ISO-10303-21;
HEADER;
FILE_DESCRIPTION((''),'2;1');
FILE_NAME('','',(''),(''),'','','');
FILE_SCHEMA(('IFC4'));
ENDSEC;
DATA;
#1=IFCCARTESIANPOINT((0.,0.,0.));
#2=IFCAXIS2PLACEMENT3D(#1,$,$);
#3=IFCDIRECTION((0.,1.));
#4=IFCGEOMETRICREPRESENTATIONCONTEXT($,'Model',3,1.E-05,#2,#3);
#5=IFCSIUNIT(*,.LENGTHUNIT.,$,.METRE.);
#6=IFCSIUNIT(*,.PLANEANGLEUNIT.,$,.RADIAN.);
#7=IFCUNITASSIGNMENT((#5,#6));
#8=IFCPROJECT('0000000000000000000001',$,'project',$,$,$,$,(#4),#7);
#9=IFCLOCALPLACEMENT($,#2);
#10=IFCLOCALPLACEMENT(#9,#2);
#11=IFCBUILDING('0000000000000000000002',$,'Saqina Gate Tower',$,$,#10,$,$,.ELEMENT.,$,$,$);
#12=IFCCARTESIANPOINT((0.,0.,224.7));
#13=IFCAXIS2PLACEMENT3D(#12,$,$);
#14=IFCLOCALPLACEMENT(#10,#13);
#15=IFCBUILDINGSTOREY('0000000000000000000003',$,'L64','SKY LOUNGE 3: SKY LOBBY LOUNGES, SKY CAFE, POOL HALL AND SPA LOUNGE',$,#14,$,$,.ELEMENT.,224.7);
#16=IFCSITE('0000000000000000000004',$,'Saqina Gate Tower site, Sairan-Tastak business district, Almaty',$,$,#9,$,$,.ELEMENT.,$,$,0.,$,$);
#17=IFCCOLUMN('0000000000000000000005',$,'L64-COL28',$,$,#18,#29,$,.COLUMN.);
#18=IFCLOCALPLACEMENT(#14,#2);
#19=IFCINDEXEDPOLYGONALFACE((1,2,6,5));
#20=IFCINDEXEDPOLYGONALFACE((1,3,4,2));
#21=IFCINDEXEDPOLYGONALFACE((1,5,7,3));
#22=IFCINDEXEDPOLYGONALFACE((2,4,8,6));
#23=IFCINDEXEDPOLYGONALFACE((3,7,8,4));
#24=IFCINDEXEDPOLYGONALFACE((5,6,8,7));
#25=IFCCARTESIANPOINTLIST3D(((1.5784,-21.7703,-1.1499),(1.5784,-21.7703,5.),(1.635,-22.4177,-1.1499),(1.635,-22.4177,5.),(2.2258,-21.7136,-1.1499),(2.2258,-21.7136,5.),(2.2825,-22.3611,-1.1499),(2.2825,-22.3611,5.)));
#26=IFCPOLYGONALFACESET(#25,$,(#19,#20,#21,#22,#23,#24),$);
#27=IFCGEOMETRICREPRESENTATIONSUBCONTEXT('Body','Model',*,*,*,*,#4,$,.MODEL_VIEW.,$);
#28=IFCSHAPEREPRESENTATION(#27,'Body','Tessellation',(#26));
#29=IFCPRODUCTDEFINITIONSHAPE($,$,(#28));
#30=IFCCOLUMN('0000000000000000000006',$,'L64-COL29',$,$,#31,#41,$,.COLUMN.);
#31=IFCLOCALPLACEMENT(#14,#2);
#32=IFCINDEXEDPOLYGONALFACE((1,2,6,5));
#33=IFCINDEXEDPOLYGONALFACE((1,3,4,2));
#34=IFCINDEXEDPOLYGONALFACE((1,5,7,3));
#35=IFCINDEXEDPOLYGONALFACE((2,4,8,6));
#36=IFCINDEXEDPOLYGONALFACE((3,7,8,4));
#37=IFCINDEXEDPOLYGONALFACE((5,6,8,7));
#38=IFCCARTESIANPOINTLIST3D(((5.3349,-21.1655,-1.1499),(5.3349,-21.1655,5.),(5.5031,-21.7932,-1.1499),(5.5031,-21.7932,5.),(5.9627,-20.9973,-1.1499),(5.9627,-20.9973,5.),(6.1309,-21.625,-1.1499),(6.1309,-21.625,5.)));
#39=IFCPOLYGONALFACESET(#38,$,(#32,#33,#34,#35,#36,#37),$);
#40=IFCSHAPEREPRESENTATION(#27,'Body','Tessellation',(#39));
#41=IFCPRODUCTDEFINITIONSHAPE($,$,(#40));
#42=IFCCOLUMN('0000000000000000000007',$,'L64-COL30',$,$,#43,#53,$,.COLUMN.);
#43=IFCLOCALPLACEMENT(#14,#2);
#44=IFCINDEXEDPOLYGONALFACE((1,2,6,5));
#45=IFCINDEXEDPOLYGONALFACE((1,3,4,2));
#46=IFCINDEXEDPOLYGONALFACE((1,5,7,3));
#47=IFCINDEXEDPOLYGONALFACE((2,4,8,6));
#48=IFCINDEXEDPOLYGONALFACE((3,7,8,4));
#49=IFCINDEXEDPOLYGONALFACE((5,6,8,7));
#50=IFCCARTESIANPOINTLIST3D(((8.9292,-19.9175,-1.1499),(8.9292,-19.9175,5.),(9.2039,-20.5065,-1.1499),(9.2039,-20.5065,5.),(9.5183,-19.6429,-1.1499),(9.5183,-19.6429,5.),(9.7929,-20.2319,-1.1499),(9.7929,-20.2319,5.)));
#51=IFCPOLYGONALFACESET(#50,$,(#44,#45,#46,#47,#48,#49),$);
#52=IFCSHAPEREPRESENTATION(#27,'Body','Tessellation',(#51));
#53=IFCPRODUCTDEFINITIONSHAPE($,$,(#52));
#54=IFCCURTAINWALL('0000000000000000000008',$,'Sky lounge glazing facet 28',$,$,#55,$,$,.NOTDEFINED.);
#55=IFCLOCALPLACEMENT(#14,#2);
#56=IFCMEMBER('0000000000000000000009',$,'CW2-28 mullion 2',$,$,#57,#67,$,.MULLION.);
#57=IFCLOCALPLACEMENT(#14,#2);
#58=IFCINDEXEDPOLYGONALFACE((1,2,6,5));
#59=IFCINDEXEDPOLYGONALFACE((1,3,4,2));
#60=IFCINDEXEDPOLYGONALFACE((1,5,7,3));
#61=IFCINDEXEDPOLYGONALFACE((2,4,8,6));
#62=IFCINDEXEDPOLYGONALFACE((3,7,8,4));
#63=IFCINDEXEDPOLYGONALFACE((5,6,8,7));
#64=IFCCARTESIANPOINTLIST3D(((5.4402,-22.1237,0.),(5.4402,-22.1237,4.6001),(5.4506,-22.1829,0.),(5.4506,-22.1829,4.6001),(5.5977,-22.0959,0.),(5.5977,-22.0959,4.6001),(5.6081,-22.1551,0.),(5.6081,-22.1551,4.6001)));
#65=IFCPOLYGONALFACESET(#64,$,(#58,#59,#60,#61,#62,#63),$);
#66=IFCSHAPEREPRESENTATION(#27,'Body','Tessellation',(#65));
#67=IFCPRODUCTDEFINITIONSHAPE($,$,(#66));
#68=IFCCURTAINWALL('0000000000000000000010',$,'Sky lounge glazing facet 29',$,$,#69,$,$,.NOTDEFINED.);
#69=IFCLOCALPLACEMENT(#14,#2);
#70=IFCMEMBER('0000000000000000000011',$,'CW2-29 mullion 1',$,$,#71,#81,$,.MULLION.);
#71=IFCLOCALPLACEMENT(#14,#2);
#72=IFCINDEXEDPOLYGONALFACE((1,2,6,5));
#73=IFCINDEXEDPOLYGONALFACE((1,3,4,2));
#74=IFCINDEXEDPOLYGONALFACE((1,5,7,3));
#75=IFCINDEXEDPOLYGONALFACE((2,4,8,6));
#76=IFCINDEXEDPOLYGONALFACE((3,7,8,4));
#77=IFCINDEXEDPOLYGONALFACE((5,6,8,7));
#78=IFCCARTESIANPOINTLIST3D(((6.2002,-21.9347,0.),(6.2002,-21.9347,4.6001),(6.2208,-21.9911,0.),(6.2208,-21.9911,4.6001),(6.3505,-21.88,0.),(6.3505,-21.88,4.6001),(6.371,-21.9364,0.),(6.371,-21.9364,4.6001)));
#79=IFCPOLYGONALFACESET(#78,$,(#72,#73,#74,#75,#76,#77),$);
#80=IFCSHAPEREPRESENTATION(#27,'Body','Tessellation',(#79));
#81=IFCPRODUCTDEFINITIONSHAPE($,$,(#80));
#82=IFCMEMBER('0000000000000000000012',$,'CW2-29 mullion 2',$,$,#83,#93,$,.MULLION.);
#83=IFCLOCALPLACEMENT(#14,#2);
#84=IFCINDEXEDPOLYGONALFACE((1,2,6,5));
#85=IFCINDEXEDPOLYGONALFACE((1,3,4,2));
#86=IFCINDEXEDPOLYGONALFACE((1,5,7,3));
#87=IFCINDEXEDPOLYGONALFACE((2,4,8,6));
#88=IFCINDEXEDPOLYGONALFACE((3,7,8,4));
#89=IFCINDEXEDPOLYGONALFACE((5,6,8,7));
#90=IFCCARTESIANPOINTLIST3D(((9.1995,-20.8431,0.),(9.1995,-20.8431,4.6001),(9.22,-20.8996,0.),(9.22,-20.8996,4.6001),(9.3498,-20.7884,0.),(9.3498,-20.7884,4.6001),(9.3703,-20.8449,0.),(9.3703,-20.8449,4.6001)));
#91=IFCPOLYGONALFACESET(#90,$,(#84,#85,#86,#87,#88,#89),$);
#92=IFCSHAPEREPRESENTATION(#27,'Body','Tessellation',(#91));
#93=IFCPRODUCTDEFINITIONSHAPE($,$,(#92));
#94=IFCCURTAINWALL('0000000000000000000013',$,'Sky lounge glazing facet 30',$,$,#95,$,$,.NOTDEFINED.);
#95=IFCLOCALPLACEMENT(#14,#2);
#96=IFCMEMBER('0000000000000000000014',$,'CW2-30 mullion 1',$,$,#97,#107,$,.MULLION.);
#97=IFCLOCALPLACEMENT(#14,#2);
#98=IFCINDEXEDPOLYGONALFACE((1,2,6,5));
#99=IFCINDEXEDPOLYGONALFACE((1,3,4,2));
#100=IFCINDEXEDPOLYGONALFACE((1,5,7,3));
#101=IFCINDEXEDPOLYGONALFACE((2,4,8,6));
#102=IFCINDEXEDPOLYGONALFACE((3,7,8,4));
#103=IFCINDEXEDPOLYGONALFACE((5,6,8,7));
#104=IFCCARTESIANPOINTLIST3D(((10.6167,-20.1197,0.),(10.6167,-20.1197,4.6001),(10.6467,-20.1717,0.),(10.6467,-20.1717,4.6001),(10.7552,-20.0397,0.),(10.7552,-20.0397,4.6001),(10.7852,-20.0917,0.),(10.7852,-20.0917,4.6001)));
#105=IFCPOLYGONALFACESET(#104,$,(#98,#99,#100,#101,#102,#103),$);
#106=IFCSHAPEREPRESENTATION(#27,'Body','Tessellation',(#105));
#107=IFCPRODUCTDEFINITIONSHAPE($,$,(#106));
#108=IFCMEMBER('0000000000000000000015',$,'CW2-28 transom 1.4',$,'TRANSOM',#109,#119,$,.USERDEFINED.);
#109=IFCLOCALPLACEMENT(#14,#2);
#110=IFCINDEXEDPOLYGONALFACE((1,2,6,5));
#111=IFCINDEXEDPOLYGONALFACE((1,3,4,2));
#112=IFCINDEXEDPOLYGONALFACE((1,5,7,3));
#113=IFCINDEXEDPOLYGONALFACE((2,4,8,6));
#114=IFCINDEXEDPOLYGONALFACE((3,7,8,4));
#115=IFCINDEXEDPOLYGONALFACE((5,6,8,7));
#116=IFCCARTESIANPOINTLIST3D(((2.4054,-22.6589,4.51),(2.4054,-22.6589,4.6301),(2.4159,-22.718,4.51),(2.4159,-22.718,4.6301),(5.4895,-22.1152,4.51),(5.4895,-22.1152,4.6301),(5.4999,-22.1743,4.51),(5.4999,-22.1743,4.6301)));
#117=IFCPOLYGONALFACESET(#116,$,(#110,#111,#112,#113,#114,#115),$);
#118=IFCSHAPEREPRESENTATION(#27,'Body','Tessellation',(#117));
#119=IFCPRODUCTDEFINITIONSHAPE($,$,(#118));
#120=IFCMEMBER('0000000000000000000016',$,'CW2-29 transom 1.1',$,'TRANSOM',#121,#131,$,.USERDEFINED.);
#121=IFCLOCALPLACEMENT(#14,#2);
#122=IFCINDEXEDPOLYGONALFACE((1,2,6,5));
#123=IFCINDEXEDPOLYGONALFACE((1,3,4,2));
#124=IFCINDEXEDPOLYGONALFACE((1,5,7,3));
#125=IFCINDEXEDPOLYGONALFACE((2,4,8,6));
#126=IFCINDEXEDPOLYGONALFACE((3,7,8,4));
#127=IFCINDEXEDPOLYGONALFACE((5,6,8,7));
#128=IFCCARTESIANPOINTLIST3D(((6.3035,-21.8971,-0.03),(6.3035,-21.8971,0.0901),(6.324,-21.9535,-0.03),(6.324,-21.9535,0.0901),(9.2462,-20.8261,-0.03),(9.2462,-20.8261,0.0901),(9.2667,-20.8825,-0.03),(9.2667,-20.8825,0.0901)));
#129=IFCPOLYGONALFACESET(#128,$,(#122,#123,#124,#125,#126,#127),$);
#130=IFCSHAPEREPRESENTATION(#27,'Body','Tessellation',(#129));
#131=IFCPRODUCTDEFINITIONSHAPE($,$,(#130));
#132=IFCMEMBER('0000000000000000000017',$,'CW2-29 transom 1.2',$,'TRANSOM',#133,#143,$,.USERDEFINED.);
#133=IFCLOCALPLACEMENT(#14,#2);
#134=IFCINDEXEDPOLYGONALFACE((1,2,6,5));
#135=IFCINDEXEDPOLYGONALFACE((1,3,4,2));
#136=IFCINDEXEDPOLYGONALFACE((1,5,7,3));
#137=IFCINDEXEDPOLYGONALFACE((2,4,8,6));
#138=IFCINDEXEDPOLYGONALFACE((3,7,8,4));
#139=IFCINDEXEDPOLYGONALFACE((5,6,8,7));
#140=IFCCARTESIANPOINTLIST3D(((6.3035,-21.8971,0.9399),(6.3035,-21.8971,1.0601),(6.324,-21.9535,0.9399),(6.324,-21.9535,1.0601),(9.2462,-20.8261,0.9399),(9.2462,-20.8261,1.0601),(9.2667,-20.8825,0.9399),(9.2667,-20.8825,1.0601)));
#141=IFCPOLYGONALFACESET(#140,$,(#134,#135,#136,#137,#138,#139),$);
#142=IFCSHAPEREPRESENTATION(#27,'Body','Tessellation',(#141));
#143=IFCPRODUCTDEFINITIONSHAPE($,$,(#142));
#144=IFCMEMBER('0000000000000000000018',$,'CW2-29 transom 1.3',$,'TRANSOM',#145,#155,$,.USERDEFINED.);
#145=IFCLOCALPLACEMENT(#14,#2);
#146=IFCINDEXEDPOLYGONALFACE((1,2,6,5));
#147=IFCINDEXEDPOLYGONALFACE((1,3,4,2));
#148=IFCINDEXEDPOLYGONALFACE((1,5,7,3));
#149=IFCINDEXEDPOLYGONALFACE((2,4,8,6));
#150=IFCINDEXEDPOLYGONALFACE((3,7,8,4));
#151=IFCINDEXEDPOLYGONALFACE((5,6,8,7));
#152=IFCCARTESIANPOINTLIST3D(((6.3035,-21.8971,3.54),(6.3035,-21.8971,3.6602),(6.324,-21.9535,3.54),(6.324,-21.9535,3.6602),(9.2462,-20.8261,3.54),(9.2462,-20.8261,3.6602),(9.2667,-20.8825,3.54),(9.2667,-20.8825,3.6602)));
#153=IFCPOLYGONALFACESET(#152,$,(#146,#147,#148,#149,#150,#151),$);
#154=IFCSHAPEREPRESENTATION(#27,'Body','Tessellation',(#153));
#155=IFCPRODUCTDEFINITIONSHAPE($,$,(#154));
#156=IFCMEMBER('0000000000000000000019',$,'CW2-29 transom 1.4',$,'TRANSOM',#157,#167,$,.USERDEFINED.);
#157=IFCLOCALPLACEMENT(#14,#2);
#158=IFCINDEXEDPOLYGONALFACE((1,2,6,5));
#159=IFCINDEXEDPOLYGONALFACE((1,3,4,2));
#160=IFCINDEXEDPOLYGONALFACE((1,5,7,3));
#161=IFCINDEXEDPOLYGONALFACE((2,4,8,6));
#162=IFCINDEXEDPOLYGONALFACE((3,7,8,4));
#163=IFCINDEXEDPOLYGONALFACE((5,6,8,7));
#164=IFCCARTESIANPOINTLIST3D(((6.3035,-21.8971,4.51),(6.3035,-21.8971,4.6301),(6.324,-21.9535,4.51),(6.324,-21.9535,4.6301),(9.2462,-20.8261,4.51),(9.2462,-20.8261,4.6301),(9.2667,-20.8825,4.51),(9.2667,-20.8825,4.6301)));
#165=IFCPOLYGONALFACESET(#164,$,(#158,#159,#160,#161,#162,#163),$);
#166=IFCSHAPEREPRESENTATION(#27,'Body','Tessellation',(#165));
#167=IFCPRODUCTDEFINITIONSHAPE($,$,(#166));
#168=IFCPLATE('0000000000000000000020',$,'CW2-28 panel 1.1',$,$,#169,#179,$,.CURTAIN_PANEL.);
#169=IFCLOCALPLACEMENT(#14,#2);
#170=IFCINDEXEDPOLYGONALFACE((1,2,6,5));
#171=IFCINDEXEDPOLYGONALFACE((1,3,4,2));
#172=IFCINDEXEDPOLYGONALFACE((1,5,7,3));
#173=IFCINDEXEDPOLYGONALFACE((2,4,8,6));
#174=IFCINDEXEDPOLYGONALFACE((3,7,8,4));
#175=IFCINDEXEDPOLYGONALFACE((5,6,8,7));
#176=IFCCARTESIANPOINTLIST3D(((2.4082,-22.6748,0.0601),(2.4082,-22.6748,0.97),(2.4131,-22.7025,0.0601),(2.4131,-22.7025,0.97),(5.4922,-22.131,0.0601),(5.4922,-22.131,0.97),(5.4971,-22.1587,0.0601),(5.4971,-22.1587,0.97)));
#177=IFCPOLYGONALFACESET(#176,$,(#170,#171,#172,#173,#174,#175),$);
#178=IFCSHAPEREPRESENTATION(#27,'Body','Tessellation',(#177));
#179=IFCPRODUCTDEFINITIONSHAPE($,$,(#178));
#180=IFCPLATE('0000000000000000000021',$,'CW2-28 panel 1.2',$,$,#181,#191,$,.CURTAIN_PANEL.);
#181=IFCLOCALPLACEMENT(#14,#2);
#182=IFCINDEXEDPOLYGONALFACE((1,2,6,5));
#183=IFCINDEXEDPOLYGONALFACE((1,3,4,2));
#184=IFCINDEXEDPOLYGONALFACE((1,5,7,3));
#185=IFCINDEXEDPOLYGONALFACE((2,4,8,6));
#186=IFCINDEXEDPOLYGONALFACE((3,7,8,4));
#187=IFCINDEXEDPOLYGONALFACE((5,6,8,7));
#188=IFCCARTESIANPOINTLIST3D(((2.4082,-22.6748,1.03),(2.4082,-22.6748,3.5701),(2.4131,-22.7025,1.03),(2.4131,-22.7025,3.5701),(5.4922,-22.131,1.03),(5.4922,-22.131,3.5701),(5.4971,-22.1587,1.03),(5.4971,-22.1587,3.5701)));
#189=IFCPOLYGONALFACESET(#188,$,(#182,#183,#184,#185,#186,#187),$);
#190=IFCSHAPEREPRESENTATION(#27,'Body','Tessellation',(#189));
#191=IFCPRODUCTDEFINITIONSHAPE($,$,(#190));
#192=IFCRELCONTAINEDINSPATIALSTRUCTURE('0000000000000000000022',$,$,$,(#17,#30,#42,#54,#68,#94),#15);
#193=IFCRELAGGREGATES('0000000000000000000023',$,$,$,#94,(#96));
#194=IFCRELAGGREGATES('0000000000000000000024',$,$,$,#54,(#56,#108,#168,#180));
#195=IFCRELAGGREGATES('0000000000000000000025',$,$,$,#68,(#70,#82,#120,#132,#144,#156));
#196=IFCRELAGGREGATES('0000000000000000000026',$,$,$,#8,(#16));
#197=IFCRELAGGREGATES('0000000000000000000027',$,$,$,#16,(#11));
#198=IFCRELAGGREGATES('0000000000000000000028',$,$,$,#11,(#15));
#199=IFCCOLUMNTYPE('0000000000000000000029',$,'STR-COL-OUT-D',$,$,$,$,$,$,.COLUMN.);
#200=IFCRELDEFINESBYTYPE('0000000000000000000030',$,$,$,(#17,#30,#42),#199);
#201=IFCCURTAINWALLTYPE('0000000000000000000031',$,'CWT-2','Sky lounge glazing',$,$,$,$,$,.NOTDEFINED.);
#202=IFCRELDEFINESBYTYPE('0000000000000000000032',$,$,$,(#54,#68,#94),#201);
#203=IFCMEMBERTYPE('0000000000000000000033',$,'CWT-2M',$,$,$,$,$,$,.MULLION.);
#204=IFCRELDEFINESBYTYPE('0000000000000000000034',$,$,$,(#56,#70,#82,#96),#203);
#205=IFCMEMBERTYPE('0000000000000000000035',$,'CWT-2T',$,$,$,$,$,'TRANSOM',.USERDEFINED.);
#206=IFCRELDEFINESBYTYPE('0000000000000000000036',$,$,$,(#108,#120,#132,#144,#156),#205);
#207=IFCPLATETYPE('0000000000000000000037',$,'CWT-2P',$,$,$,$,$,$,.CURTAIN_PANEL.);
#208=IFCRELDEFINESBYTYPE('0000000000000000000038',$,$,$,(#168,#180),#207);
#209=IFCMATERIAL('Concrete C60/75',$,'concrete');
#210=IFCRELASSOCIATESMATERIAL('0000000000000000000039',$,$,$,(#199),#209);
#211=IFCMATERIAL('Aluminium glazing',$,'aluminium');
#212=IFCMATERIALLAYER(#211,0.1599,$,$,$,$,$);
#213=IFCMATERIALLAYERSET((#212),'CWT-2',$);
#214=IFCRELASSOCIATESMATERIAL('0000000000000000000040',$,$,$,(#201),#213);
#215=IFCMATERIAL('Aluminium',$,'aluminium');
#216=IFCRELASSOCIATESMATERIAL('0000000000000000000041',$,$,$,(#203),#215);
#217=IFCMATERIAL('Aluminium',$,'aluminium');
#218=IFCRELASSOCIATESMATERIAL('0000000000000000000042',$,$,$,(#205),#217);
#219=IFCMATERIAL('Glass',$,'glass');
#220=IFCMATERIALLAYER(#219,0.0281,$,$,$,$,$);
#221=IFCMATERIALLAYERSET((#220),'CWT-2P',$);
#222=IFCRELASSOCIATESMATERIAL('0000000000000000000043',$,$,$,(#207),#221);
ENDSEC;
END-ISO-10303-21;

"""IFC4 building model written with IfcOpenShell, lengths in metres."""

from ifc_helpers import new_model, si_unit, direction, frame, origin, origin_2d, place, context, subcontext, project, spatial, rectangle, extrude, material, layer, layer_set, material_profile, profile_set, type_object, element, aggregate, save


model = new_model("IFC4")

# Units and contexts
model_context = context("Model", 3, precision=1e-05, world=origin(), true_north=direction((0.0, 1.0)))
body_context = subcontext(model_context, "Body", "Model", "MODEL_VIEW")
ifc_project = project(units=[si_unit("LENGTHUNIT", "METRE"), si_unit("PLANEANGLEUNIT", "RADIAN")], contexts=[model_context])

# Site, building, storey
site_placement = place(None, origin())
site = spatial("IfcSite", under=ifc_project, at=site_placement, Name="Saqina Gate Tower site, Sairan-Tastak business district, Almaty", CompositionType="ELEMENT", RefElevation=0.0)
building_placement = place(site_placement, origin())
building = spatial("IfcBuilding", under=site, at=building_placement, Name="Saqina Gate Tower", CompositionType="ELEMENT")
storey_placement = place(building_placement, frame((0.0, 0.0, 224.7)))
storey = spatial("IfcBuildingStorey", under=building, at=storey_placement, Name="L64", Description="SKY LOUNGE 3: SKY LOBBY LOUNGES, SKY CAFE, POOL HALL AND SPA LOUNGE", CompositionType="ELEMENT", Elevation=224.7)

# Columns
ifc_material_1 = material(Name="Concrete C60/75", Category="concrete")
ifc_material_profile_1 = material_profile(ifc_material_1, rectangle(XDim=0.6499, YDim=0.6499, at=origin_2d()), Name="RC 650x650")
ifc_profile_set_1 = profile_set([ifc_material_profile_1], Name="Concrete C60/75")
column_type = type_object("IfcColumnType", Name="STR-COL-OUT-D", PredefinedType="COLUMN", material=ifc_profile_set_1)
for number, where, z_axis, x_axis, name in (
    (1, (1.9304, -22.0657, -1.1499), (0.0, 0.0, 1.0), (0.087156, -0.996195, 0.0), "L64-COL28"),
    (2, (5.7329, -21.3953, -1.1499), (0.0, 0.0, 1.0), (0.258819, -0.965926, 0.0), "L64-COL29"),
    (3, (9.3611, -20.0747, -1.1499), (0.0, 0.0, 1.0), (0.422618, -0.906308, 0.0), "L64-COL30"),
):
    element("IfcColumn", number, at=place(storey_placement, frame(where, z_axis=z_axis, x_axis=x_axis)), inside=storey, type_object=column_type, Name=name, PredefinedType="COLUMN", context=body_context, shape_type="SweptSolid", body=[
        extrude(rectangle(XDim=0.6499, YDim=0.6499, at=origin_2d()), origin(), (0.0, 0.0, 1.0), 6.1499),
    ])

# Curtain wall, member
ifc_material_2 = material(Name="Aluminium glazing", Category="aluminium")
ifc_layer_1 = layer(ifc_material_2, 0.1599)
ifc_layer_set_1 = layer_set([ifc_layer_1], Name="CWT-2")
curtain_wall_type = type_object("IfcCurtainWallType", Name="CWT-2", Description="Sky lounge glazing", PredefinedType="NOTDEFINED", material=ifc_layer_set_1)
curtain_wall_1_placement = place(storey_placement, origin())
curtain_wall_1 = element("IfcCurtainWall", 4, at=curtain_wall_1_placement, inside=storey, type_object=curtain_wall_type, Name="Sky lounge glazing facet 28", PredefinedType="NOTDEFINED")
ifc_material_3 = material(Name="Aluminium", Category="aluminium")
ifc_material_profile_2 = material_profile(ifc_material_3, rectangle(XDim=0.0601, YDim=0.1599, at=origin_2d()), Name="Aluminium 60x160")
ifc_profile_set_2 = profile_set([ifc_material_profile_2], Name="Aluminium")
member_type_1 = type_object("IfcMemberType", Name="CWT-2M", PredefinedType="MULLION", material=ifc_profile_set_2)
member_1_placement = place(storey_placement, frame((5.5242, -22.1394, 0.0), z_axis=(0.0, 0.0, 1.0), x_axis=(-0.173663, 0.984805, 0.0)))
member_1 = element("IfcMember", 5, at=member_1_placement, type_object=member_type_1, Name="CW2-28 mullion 2", PredefinedType="MULLION", context=body_context, shape_type="SweptSolid", body=[
    extrude(rectangle(XDim=0.0601, YDim=0.1599, at=origin_2d()), origin(), (0.0, 0.0, 1.0), 4.6001),
])

# Curtain wall, members
curtain_wall_2_placement = place(storey_placement, origin())
curtain_wall_2 = element("IfcCurtainWall", 6, at=curtain_wall_2_placement, inside=storey, type_object=curtain_wall_type, Name="Sky lounge glazing facet 29", PredefinedType="NOTDEFINED")
member_2_placement = place(storey_placement, frame((6.2856, -21.9355, 0.0), z_axis=(0.0, 0.0, 1.0), x_axis=(-0.342007, 0.939697, 0.0)))
member_2 = element("IfcMember", 7, at=member_2_placement, type_object=member_type_1, Name="CW2-29 mullion 1", PredefinedType="MULLION", context=body_context, shape_type="SweptSolid", body=[
    extrude(rectangle(XDim=0.0601, YDim=0.1599, at=origin_2d()), origin(), (0.0, 0.0, 1.0), 4.6001),
])
member_3_placement = place(storey_placement, frame((9.2849, -20.844, 0.0), z_axis=(0.0, 0.0, 1.0), x_axis=(-0.342007, 0.939697, 0.0)))
member_3 = element("IfcMember", 8, at=member_3_placement, type_object=member_type_1, Name="CW2-29 mullion 2", PredefinedType="MULLION", context=body_context, shape_type="SweptSolid", body=[
    extrude(rectangle(XDim=0.0601, YDim=0.1599, at=origin_2d()), origin(), (0.0, 0.0, 1.0), 4.6001),
])

# Curtain wall, member
curtain_wall_3_placement = place(storey_placement, origin())
curtain_wall_3 = element("IfcCurtainWall", 9, at=curtain_wall_3_placement, inside=storey, type_object=curtain_wall_type, Name="Sky lounge glazing facet 30", PredefinedType="NOTDEFINED")
member_4_placement = place(storey_placement, frame((10.7009, -20.1057, 0.0), z_axis=(0.0, 0.0, 1.0), x_axis=(-0.499972, 0.866042, 0.0)))
member_4 = element("IfcMember", 10, at=member_4_placement, type_object=member_type_1, Name="CW2-30 mullion 1", PredefinedType="MULLION", context=body_context, shape_type="SweptSolid", body=[
    extrude(rectangle(XDim=0.0601, YDim=0.1599, at=origin_2d()), origin(), (0.0, 0.0, 1.0), 4.6001),
])
aggregate(curtain_wall_3, [member_4])

# Members
ifc_material_4 = material(Name="Aluminium", Category="aluminium")
ifc_material_profile_3 = material_profile(ifc_material_4, rectangle(XDim=0.0601, YDim=0.1201, at=origin_2d()), Name="Aluminium 60x120")
ifc_profile_set_3 = profile_set([ifc_material_profile_3], Name="Aluminium")
member_type_2 = type_object("IfcMemberType", Name="CWT-2T", ElementType="TRANSOM", PredefinedType="USERDEFINED", material=ifc_profile_set_3)
member_5_placement = place(storey_placement, frame((2.4106, -22.6885, 4.5701), z_axis=(0.984813, 0.173621, 0.0), x_axis=(-0.173621, 0.984813, 0.0)))
member_5 = element("IfcMember", 11, at=member_5_placement, type_object=member_type_2, Name="CW2-28 transom 1.4", ObjectType="TRANSOM", PredefinedType="USERDEFINED", context=body_context, shape_type="SweptSolid", body=[
    extrude(rectangle(XDim=0.0601, YDim=0.1201, at=origin_2d()), origin(), (0.0, 0.0, 1.0), 3.1316),
])
member_6_placement = place(storey_placement, frame((6.3137, -21.9253, 0.03), z_axis=(0.9397, 0.342, 0.0), x_axis=(-0.342, 0.9397, 0.0)))
member_6 = element("IfcMember", 12, at=member_6_placement, type_object=member_type_2, Name="CW2-29 transom 1.1", ObjectType="TRANSOM", PredefinedType="USERDEFINED", context=body_context, shape_type="SweptSolid", body=[
    extrude(rectangle(XDim=0.0601, YDim=0.1201, at=origin_2d()), origin(), (0.0, 0.0, 1.0), 3.1316),
])
member_7_placement = place(storey_placement, frame((6.3137, -21.9253, 1.0), z_axis=(0.9397, 0.342, 0.0), x_axis=(-0.342, 0.9397, 0.0)))
member_7 = element("IfcMember", 13, at=member_7_placement, type_object=member_type_2, Name="CW2-29 transom 1.2", ObjectType="TRANSOM", PredefinedType="USERDEFINED", context=body_context, shape_type="SweptSolid", body=[
    extrude(rectangle(XDim=0.0601, YDim=0.1201, at=origin_2d()), origin(), (0.0, 0.0, 1.0), 3.1316),
])
member_8_placement = place(storey_placement, frame((6.3137, -21.9253, 3.6001), z_axis=(0.9397, 0.342, 0.0), x_axis=(-0.342, 0.9397, 0.0)))
member_8 = element("IfcMember", 14, at=member_8_placement, type_object=member_type_2, Name="CW2-29 transom 1.3", ObjectType="TRANSOM", PredefinedType="USERDEFINED", context=body_context, shape_type="SweptSolid", body=[
    extrude(rectangle(XDim=0.0601, YDim=0.1201, at=origin_2d()), origin(), (0.0, 0.0, 1.0), 3.1316),
])
member_9_placement = place(storey_placement, frame((6.3137, -21.9253, 4.5701), z_axis=(0.9397, 0.342, 0.0), x_axis=(-0.342, 0.9397, 0.0)))
member_9 = element("IfcMember", 15, at=member_9_placement, type_object=member_type_2, Name="CW2-29 transom 1.4", ObjectType="TRANSOM", PredefinedType="USERDEFINED", context=body_context, shape_type="SweptSolid", body=[
    extrude(rectangle(XDim=0.0601, YDim=0.1201, at=origin_2d()), origin(), (0.0, 0.0, 1.0), 3.1316),
])

# Plates
ifc_material_5 = material(Name="Glass", Category="glass")
ifc_layer_2 = layer(ifc_material_5, 0.0281)
ifc_layer_set_2 = layer_set([ifc_layer_2], Name="CWT-2P")
plate_type = type_object("IfcPlateType", Name="CWT-2P", PredefinedType="CURTAIN_PANEL", material=ifc_layer_set_2)
plate_1_placement = place(storey_placement, frame((3.9526, -22.4167, 0.0601), z_axis=(0.0, 0.0, 1.0), x_axis=(0.984805, 0.173663, 0.0)))
plate_1 = element("IfcPlate", 16, at=plate_1_placement, type_object=plate_type, Name="CW2-28 panel 1.1", PredefinedType="CURTAIN_PANEL", context=body_context, shape_type="SweptSolid", body=[
    extrude(rectangle(XDim=3.1316, YDim=0.0281, at=origin_2d()), origin(), (0.0, 0.0, 1.0), 0.9099),
])
plate_2_placement = place(storey_placement, frame((3.9526, -22.4167, 1.03), z_axis=(0.0, 0.0, 1.0), x_axis=(0.984805, 0.173663, 0.0)))
plate_2 = element("IfcPlate", 17, at=plate_2_placement, type_object=plate_type, Name="CW2-28 panel 1.2", PredefinedType="CURTAIN_PANEL", context=body_context, shape_type="SweptSolid", body=[
    extrude(rectangle(XDim=3.1316, YDim=0.0281, at=origin_2d()), origin(), (0.0, 0.0, 1.0), 2.54),
])
aggregate(curtain_wall_1, [member_1, member_5, plate_1, plate_2])
aggregate(curtain_wall_2, [member_2, member_3, member_6, member_7, member_8, member_9])

save(model, "model.ifc")
